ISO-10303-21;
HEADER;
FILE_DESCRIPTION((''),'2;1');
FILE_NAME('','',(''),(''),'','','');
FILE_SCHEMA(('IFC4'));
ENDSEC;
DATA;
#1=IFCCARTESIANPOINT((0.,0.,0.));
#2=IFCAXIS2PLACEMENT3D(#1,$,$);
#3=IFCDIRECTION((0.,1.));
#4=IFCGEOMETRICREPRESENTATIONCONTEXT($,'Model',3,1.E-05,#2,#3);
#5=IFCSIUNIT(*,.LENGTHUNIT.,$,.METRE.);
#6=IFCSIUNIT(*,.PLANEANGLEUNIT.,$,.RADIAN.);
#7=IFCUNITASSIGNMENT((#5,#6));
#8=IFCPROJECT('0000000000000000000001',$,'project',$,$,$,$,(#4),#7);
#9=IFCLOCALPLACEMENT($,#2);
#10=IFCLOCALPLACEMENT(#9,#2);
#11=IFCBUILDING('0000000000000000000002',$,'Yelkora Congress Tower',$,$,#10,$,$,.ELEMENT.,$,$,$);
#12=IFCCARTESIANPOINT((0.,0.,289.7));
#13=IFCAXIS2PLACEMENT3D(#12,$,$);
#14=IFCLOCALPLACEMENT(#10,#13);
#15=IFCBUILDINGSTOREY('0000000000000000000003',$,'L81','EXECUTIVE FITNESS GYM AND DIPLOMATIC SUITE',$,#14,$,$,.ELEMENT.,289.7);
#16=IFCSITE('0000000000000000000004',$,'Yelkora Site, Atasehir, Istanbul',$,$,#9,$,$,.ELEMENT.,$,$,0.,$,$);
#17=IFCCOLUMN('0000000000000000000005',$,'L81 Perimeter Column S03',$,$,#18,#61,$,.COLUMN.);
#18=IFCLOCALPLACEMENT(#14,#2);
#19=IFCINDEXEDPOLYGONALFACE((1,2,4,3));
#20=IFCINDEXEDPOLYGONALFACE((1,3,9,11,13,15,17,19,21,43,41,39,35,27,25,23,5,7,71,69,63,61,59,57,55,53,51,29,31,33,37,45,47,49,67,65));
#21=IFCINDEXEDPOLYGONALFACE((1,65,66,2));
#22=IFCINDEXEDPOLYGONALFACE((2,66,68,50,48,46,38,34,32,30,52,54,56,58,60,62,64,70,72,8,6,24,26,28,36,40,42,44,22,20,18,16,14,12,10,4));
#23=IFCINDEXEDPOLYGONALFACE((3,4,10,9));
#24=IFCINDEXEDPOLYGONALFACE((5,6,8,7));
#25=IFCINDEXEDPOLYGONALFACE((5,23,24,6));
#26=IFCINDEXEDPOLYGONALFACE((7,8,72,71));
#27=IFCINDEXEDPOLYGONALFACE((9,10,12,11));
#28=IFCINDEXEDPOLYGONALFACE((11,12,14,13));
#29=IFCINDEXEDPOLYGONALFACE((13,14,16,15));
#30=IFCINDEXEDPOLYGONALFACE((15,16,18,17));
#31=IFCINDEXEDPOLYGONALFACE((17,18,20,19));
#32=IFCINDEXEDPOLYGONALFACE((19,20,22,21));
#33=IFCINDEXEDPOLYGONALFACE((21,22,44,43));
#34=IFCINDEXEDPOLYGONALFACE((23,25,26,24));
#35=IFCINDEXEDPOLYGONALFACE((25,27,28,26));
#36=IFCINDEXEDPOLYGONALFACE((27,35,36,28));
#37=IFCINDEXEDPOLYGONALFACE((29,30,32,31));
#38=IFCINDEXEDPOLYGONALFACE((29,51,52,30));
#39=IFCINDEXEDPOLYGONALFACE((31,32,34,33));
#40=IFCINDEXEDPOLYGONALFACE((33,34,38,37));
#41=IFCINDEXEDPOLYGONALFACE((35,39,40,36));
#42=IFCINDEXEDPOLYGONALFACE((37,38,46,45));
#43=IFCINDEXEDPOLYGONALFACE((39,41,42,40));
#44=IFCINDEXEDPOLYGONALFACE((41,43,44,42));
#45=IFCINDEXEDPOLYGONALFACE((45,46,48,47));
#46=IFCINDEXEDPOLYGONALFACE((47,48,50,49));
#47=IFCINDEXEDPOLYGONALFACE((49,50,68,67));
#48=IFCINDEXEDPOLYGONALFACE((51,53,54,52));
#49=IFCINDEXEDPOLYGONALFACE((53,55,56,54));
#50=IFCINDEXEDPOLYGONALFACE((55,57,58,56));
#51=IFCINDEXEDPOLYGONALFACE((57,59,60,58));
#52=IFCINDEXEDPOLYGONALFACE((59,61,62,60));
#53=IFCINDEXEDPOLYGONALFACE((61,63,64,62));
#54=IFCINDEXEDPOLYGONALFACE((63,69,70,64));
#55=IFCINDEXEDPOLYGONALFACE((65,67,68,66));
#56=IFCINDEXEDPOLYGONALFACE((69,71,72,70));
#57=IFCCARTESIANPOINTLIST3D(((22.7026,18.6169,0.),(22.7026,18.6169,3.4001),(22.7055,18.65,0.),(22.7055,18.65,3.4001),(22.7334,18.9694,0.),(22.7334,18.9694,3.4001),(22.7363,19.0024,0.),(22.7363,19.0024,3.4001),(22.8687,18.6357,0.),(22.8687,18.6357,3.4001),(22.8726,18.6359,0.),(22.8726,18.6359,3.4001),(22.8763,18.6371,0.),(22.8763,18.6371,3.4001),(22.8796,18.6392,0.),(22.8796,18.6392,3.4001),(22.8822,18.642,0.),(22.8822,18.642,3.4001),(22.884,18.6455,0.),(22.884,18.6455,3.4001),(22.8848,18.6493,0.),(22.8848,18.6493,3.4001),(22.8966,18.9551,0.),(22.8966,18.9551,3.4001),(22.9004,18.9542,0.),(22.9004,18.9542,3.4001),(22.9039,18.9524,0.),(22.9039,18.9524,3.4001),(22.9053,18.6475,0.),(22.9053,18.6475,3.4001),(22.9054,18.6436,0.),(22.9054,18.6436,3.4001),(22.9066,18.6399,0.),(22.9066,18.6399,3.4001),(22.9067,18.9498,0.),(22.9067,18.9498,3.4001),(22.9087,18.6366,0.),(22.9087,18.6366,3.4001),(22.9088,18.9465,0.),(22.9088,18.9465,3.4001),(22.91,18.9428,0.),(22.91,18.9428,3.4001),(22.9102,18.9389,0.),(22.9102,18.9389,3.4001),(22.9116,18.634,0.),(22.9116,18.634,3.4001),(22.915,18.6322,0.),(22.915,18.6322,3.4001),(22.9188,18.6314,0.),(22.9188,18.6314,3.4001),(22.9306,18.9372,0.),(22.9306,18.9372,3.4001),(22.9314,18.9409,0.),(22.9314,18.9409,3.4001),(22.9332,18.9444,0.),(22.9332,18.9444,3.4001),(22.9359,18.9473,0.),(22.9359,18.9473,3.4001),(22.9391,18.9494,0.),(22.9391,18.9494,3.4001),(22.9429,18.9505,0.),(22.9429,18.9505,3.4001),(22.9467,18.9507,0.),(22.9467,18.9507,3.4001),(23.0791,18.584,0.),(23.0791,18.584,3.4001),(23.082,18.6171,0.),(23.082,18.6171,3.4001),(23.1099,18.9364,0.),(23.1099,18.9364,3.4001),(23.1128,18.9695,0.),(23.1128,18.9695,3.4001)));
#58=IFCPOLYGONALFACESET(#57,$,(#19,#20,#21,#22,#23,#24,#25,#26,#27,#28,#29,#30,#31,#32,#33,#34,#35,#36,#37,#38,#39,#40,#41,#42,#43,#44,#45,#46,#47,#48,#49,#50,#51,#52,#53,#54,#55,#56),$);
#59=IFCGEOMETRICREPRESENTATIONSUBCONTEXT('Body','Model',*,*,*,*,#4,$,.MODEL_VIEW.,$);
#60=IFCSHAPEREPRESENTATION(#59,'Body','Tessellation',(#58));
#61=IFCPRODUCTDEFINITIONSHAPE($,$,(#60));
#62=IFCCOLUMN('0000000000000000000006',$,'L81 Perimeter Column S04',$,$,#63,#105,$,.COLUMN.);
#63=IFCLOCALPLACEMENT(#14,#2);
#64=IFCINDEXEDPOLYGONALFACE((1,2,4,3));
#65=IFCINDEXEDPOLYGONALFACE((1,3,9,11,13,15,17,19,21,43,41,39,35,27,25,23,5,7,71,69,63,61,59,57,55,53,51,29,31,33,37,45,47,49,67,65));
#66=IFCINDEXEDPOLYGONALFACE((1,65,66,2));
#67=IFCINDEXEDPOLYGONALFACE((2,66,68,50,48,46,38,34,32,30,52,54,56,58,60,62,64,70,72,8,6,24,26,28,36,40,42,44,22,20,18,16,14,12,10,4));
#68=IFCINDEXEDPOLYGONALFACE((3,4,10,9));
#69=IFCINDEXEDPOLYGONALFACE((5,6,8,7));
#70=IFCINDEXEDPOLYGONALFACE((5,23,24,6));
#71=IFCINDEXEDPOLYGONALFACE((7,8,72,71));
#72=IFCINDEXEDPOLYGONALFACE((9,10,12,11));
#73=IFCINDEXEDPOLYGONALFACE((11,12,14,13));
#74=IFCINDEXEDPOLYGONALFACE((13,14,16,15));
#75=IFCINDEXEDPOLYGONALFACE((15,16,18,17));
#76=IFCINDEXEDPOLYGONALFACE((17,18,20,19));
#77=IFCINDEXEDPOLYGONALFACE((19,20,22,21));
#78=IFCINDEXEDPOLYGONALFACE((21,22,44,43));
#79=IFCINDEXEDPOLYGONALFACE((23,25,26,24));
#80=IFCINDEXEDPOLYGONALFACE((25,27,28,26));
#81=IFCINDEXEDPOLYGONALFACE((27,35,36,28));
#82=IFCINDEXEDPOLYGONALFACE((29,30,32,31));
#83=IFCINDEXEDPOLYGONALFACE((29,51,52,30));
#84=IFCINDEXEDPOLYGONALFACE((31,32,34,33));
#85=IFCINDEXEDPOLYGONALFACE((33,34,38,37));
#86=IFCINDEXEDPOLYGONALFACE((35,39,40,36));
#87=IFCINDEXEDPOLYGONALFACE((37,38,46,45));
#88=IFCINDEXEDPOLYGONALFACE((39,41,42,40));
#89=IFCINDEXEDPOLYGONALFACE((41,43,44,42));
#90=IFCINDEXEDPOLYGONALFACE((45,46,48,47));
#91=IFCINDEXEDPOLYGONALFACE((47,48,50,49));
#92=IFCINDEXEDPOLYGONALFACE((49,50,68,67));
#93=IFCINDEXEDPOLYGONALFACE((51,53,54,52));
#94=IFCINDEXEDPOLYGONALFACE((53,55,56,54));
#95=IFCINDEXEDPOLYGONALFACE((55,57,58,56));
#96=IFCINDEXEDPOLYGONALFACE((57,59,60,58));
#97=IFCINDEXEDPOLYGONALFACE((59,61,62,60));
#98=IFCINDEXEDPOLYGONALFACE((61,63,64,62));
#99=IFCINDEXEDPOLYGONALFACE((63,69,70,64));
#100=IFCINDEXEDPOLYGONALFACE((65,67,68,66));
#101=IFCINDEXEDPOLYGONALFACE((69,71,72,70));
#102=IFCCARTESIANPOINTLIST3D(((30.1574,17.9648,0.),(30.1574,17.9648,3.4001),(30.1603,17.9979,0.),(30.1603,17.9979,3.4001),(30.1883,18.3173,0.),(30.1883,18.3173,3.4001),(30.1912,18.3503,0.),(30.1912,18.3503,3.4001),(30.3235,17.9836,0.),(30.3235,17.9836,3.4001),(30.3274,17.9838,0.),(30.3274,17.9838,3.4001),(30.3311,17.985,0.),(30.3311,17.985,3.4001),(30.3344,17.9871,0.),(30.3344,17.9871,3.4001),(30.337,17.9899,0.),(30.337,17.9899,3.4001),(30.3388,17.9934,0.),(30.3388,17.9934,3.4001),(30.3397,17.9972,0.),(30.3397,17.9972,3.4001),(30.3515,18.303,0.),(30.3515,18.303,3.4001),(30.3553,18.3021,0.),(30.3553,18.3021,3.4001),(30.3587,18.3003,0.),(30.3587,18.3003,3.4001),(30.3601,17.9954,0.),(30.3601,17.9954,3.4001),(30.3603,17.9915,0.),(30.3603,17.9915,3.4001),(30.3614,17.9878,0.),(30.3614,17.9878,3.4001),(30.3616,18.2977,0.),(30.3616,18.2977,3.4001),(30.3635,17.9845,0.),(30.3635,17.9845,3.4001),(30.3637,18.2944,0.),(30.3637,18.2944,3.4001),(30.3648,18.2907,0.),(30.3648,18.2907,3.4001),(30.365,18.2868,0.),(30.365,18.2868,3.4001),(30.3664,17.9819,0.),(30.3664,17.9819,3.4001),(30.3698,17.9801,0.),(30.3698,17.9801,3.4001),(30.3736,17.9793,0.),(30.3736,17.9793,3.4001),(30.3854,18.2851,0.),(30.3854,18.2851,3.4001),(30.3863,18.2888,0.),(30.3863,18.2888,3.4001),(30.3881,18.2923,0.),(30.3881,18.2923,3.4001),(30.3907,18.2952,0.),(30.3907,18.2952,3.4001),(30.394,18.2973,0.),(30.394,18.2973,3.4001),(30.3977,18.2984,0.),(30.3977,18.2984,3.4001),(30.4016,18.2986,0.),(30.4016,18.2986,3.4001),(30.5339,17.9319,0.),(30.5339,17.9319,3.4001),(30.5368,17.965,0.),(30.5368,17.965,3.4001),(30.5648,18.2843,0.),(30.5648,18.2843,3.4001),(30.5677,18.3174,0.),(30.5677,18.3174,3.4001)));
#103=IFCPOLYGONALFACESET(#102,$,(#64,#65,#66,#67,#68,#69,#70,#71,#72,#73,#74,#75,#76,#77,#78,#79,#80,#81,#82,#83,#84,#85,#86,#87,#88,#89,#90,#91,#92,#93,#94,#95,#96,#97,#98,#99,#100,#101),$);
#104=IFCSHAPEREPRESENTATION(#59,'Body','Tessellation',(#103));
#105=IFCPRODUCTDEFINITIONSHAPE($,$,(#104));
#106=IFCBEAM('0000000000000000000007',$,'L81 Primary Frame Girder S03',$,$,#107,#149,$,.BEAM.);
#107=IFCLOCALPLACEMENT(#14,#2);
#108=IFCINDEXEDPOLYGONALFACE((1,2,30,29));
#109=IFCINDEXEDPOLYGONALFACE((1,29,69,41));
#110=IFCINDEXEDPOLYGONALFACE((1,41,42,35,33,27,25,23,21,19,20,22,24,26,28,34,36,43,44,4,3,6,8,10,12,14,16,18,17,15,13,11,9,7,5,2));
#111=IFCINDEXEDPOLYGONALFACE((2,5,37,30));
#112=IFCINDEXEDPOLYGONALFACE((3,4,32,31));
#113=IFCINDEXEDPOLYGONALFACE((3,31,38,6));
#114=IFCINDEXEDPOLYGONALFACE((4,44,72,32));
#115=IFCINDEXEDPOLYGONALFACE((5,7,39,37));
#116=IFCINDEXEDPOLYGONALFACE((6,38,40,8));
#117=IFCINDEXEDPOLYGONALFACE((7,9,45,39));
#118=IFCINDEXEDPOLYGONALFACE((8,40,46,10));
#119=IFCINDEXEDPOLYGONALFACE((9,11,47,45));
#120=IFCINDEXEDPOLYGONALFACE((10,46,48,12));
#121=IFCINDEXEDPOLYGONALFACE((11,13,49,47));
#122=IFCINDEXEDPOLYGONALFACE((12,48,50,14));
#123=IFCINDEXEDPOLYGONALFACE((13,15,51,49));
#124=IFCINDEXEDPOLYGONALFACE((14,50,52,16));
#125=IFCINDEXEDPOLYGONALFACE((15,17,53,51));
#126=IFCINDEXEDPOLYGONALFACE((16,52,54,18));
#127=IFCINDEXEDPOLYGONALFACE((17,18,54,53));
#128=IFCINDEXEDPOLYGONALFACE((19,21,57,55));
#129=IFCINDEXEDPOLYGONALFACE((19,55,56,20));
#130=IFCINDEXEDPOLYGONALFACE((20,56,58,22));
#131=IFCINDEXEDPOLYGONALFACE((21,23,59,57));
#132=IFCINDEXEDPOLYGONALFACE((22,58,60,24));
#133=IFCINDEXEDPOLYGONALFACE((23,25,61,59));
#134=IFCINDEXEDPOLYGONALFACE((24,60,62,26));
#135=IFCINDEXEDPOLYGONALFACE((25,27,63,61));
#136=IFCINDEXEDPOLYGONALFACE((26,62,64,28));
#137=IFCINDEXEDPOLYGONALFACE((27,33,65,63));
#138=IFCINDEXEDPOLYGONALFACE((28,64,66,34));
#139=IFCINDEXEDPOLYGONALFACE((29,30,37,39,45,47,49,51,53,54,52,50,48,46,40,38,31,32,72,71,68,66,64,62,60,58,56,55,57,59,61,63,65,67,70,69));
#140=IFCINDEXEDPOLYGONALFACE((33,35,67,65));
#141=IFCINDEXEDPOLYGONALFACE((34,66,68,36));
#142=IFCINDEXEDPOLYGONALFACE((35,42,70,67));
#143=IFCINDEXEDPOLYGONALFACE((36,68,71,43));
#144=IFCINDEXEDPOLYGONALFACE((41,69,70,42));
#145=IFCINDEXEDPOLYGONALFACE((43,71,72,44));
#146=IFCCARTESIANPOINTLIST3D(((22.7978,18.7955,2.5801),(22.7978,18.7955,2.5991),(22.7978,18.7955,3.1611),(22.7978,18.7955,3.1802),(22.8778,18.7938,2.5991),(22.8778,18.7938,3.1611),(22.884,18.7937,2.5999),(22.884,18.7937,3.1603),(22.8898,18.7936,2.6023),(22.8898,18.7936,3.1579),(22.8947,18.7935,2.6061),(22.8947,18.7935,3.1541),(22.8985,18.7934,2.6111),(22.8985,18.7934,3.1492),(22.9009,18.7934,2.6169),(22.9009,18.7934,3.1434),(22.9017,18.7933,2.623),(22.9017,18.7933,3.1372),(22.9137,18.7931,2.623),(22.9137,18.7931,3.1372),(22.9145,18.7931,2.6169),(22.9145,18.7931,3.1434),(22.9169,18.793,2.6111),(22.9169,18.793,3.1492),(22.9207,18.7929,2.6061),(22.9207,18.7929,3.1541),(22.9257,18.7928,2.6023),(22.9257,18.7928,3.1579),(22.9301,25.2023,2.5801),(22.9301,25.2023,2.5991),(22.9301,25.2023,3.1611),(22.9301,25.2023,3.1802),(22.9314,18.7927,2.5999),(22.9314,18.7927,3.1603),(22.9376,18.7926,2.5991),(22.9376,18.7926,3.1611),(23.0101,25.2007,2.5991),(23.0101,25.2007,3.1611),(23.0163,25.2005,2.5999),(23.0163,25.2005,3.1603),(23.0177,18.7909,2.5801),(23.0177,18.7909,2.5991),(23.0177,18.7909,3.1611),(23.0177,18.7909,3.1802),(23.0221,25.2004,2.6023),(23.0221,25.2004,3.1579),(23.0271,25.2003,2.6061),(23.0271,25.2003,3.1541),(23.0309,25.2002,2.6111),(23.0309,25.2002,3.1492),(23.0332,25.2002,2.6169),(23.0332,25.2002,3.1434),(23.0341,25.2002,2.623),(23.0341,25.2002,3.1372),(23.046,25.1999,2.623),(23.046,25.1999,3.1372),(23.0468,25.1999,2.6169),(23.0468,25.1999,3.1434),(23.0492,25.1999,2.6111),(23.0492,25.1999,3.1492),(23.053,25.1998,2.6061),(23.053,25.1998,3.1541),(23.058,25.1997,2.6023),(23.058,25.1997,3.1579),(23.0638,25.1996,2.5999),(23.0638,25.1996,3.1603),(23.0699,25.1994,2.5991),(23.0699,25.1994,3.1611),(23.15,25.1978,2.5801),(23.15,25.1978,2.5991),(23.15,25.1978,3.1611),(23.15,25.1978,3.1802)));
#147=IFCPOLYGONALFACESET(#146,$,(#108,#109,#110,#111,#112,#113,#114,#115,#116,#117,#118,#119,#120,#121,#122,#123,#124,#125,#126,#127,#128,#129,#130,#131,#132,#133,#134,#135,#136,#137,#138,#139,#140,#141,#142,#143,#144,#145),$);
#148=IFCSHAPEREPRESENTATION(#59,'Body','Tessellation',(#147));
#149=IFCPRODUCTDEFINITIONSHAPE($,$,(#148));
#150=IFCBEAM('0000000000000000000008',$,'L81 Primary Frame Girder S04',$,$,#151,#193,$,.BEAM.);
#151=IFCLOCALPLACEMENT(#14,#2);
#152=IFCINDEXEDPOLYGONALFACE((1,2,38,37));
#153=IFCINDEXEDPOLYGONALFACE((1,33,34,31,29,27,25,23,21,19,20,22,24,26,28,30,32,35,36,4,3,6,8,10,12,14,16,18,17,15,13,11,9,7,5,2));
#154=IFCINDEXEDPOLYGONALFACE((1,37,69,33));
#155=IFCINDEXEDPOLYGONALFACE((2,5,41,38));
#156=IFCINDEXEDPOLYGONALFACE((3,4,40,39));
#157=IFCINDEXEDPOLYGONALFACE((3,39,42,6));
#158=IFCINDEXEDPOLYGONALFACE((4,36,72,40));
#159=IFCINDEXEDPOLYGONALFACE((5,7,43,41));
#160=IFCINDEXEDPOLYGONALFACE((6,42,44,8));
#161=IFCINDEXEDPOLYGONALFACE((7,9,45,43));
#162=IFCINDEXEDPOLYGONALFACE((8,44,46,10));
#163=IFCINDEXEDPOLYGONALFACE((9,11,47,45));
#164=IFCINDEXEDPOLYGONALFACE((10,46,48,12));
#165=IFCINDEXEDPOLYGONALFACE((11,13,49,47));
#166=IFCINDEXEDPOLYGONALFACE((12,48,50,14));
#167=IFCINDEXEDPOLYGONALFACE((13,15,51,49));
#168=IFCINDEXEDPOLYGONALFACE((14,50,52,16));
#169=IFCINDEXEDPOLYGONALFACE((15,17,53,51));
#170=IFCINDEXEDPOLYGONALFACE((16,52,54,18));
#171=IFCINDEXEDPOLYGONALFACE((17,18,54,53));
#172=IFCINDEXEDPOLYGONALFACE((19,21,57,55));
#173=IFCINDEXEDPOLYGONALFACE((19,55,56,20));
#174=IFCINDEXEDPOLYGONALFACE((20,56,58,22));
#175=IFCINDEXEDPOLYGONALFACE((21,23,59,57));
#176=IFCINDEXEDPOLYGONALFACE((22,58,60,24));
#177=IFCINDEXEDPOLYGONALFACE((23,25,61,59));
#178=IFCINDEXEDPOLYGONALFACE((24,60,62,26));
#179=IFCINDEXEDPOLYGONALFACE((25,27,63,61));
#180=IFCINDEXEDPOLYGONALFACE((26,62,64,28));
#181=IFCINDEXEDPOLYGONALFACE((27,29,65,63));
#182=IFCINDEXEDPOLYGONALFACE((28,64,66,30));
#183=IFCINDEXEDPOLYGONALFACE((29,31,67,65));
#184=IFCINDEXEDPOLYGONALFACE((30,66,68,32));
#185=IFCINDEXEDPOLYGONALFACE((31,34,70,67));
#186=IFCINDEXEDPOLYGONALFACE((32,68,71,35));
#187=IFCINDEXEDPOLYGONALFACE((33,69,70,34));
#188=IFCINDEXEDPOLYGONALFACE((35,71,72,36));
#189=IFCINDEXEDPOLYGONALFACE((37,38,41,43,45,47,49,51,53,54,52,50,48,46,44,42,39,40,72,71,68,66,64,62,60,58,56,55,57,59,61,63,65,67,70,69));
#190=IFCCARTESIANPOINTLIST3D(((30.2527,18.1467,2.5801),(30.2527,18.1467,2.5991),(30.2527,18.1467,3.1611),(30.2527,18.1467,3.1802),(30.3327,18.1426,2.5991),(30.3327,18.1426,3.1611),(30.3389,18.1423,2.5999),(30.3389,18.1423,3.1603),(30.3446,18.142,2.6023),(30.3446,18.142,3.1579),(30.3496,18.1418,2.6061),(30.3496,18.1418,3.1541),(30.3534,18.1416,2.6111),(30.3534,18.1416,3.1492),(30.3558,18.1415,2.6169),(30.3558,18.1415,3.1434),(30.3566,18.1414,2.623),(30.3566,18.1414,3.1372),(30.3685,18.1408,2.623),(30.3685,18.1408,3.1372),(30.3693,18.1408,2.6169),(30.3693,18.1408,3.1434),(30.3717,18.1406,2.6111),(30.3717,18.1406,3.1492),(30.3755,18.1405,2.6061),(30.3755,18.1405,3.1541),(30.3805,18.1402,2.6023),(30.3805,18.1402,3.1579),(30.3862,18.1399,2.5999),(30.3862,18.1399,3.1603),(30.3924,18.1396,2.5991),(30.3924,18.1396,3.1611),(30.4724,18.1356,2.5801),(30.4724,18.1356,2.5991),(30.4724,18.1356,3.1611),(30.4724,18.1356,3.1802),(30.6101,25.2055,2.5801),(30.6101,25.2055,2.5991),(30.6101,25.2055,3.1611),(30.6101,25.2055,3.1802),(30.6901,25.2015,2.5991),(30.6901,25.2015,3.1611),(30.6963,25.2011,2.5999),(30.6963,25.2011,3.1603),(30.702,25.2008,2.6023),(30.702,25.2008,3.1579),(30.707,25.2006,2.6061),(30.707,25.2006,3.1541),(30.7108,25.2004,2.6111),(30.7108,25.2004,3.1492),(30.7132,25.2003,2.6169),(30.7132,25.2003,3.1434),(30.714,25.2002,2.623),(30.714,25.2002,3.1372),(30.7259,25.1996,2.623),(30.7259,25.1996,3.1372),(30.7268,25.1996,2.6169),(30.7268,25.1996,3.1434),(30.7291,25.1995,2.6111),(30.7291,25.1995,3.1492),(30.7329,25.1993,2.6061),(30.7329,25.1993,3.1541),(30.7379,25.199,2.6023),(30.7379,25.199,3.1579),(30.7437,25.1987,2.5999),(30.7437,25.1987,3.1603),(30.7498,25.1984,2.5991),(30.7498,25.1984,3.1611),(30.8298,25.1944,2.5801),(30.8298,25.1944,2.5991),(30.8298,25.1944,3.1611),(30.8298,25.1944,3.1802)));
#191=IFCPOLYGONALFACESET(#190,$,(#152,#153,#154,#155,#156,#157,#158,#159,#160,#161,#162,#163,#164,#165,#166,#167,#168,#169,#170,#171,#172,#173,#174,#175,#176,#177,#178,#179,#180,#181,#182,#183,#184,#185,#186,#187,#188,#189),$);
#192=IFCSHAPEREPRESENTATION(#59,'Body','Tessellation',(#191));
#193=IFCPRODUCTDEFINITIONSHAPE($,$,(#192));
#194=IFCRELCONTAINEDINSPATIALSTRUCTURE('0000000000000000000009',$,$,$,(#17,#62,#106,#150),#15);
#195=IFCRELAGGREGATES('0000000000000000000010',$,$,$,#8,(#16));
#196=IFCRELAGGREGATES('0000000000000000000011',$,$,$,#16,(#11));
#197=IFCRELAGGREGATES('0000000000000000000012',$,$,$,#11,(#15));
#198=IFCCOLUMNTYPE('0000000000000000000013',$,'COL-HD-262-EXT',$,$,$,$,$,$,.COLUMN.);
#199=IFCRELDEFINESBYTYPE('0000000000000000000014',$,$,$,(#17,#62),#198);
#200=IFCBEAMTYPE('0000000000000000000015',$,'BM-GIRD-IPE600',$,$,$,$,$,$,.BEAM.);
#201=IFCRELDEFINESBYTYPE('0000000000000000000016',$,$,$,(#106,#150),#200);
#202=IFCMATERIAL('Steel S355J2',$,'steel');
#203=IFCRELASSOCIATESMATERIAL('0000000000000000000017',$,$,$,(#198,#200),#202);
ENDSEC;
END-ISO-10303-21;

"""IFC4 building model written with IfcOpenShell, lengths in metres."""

from ifc_helpers import new_model, si_unit, direction, frame, origin, origin_2d, place, context, subcontext, project, spatial, i_section, extrude, material, material_profile, profile_set, type_object, element, save


model = new_model("IFC4")

# Units and contexts
model_context = context("Model", 3, precision=1e-05, world=origin(), true_north=direction((0.0, 1.0)))
body_context = subcontext(model_context, "Body", "Model", "MODEL_VIEW")
ifc_project = project(units=[si_unit("LENGTHUNIT", "METRE"), si_unit("PLANEANGLEUNIT", "RADIAN")], contexts=[model_context])

# Site, building, storey
site_placement = place(None, origin())
site = spatial("IfcSite", under=ifc_project, at=site_placement, Name="Yelkora Site, Atasehir, Istanbul", CompositionType="ELEMENT", RefElevation=0.0)
building_placement = place(site_placement, origin())
building = spatial("IfcBuilding", under=site, at=building_placement, Name="Yelkora Congress Tower", CompositionType="ELEMENT")
storey_placement = place(building_placement, frame((0.0, 0.0, 289.7)))
storey = spatial("IfcBuildingStorey", under=building, at=storey_placement, Name="L81", Description="EXECUTIVE FITNESS GYM AND DIPLOMATIC SUITE", CompositionType="ELEMENT", Elevation=289.7)

# Columns
ifc_material_1 = material(Name="Steel S355J2", Category="steel")
ifc_material_profile_1 = material_profile(ifc_material_1, i_section(OverallWidth=0.3779, OverallDepth=0.387, WebThickness=0.0205, FlangeThickness=0.0332, FilletRadius=0.0149, at=origin_2d()), Name="HD 360x262")
ifc_profile_set_1 = profile_set([ifc_material_profile_1], Name="Steel S355J2")
column_type = type_object("IfcColumnType", Name="COL-HD-262-EXT", PredefinedType="COLUMN", material=ifc_profile_set_1)
for number, where, z_axis, x_axis, name in (
    (1, (22.9077, 18.7932, 0.0), (0.0, 0.0, 1.0), (0.996195, -0.087156, 0.0), "L81 Perimeter Column S03"),
    (2, (30.3625, 18.1411, 0.0), (0.0, 0.0, 1.0), (0.996195, -0.087156, 0.0), "L81 Perimeter Column S04"),
):
    element("IfcColumn", number, at=place(storey_placement, frame(where, z_axis=z_axis, x_axis=x_axis)), inside=storey, type_object=column_type, Name=name, PredefinedType="COLUMN", context=body_context, shape_type="SweptSolid", body=[
        extrude(i_section(OverallWidth=0.3779, OverallDepth=0.387, WebThickness=0.0205, FlangeThickness=0.0332, FilletRadius=0.0149, at=origin_2d()), origin(), (0.0, 0.0, 1.0), 3.4001),
    ])

# Beams
ifc_material_profile_2 = material_profile(ifc_material_1, i_section(OverallWidth=0.22, OverallDepth=0.6001, WebThickness=0.012, FlangeThickness=0.019, FilletRadius=0.0239, at=origin_2d()), Name="IPE 600")
ifc_profile_set_2 = profile_set([ifc_material_profile_2], Name="Steel S355J2")
beam_type_1 = type_object("IfcBeamType", Name="BM-GIRD-IPE600", PredefinedType="BEAM", material=ifc_profile_set_2)
beam_1_placement = place(storey_placement, frame((22.9077, 18.7932, 2.8801), z_axis=(0.02065, 0.999787, 0.0), x_axis=(-0.999787, 0.02065, 0.0)))
element("IfcBeam", 3, at=beam_1_placement, inside=storey, type_object=beam_type_1, Name="L81 Primary Frame Girder S03", PredefinedType="BEAM", context=body_context, shape_type="SweptSolid", body=[
    extrude(i_section(OverallWidth=0.22, OverallDepth=0.6001, WebThickness=0.012, FlangeThickness=0.019, FilletRadius=0.0239, at=origin_2d()), origin(), (0.0, 0.0, 1.0), 6.4082),
])
beam_2_placement = place(storey_placement, frame((30.3625, 18.1411, 2.8801), z_axis=(0.05057, 0.998721, 0.0), x_axis=(-0.998721, 0.05057, 0.0)))
element("IfcBeam", 4, at=beam_2_placement, inside=storey, type_object=beam_type_1, Name="L81 Primary Frame Girder S04", PredefinedType="BEAM", context=body_context, shape_type="SweptSolid", body=[
    extrude(i_section(OverallWidth=0.22, OverallDepth=0.6001, WebThickness=0.012, FlangeThickness=0.019, FilletRadius=0.0239, at=origin_2d()), origin(), (0.0, 0.0, 1.0), 7.0679),
])

save(model, "model.ifc")
